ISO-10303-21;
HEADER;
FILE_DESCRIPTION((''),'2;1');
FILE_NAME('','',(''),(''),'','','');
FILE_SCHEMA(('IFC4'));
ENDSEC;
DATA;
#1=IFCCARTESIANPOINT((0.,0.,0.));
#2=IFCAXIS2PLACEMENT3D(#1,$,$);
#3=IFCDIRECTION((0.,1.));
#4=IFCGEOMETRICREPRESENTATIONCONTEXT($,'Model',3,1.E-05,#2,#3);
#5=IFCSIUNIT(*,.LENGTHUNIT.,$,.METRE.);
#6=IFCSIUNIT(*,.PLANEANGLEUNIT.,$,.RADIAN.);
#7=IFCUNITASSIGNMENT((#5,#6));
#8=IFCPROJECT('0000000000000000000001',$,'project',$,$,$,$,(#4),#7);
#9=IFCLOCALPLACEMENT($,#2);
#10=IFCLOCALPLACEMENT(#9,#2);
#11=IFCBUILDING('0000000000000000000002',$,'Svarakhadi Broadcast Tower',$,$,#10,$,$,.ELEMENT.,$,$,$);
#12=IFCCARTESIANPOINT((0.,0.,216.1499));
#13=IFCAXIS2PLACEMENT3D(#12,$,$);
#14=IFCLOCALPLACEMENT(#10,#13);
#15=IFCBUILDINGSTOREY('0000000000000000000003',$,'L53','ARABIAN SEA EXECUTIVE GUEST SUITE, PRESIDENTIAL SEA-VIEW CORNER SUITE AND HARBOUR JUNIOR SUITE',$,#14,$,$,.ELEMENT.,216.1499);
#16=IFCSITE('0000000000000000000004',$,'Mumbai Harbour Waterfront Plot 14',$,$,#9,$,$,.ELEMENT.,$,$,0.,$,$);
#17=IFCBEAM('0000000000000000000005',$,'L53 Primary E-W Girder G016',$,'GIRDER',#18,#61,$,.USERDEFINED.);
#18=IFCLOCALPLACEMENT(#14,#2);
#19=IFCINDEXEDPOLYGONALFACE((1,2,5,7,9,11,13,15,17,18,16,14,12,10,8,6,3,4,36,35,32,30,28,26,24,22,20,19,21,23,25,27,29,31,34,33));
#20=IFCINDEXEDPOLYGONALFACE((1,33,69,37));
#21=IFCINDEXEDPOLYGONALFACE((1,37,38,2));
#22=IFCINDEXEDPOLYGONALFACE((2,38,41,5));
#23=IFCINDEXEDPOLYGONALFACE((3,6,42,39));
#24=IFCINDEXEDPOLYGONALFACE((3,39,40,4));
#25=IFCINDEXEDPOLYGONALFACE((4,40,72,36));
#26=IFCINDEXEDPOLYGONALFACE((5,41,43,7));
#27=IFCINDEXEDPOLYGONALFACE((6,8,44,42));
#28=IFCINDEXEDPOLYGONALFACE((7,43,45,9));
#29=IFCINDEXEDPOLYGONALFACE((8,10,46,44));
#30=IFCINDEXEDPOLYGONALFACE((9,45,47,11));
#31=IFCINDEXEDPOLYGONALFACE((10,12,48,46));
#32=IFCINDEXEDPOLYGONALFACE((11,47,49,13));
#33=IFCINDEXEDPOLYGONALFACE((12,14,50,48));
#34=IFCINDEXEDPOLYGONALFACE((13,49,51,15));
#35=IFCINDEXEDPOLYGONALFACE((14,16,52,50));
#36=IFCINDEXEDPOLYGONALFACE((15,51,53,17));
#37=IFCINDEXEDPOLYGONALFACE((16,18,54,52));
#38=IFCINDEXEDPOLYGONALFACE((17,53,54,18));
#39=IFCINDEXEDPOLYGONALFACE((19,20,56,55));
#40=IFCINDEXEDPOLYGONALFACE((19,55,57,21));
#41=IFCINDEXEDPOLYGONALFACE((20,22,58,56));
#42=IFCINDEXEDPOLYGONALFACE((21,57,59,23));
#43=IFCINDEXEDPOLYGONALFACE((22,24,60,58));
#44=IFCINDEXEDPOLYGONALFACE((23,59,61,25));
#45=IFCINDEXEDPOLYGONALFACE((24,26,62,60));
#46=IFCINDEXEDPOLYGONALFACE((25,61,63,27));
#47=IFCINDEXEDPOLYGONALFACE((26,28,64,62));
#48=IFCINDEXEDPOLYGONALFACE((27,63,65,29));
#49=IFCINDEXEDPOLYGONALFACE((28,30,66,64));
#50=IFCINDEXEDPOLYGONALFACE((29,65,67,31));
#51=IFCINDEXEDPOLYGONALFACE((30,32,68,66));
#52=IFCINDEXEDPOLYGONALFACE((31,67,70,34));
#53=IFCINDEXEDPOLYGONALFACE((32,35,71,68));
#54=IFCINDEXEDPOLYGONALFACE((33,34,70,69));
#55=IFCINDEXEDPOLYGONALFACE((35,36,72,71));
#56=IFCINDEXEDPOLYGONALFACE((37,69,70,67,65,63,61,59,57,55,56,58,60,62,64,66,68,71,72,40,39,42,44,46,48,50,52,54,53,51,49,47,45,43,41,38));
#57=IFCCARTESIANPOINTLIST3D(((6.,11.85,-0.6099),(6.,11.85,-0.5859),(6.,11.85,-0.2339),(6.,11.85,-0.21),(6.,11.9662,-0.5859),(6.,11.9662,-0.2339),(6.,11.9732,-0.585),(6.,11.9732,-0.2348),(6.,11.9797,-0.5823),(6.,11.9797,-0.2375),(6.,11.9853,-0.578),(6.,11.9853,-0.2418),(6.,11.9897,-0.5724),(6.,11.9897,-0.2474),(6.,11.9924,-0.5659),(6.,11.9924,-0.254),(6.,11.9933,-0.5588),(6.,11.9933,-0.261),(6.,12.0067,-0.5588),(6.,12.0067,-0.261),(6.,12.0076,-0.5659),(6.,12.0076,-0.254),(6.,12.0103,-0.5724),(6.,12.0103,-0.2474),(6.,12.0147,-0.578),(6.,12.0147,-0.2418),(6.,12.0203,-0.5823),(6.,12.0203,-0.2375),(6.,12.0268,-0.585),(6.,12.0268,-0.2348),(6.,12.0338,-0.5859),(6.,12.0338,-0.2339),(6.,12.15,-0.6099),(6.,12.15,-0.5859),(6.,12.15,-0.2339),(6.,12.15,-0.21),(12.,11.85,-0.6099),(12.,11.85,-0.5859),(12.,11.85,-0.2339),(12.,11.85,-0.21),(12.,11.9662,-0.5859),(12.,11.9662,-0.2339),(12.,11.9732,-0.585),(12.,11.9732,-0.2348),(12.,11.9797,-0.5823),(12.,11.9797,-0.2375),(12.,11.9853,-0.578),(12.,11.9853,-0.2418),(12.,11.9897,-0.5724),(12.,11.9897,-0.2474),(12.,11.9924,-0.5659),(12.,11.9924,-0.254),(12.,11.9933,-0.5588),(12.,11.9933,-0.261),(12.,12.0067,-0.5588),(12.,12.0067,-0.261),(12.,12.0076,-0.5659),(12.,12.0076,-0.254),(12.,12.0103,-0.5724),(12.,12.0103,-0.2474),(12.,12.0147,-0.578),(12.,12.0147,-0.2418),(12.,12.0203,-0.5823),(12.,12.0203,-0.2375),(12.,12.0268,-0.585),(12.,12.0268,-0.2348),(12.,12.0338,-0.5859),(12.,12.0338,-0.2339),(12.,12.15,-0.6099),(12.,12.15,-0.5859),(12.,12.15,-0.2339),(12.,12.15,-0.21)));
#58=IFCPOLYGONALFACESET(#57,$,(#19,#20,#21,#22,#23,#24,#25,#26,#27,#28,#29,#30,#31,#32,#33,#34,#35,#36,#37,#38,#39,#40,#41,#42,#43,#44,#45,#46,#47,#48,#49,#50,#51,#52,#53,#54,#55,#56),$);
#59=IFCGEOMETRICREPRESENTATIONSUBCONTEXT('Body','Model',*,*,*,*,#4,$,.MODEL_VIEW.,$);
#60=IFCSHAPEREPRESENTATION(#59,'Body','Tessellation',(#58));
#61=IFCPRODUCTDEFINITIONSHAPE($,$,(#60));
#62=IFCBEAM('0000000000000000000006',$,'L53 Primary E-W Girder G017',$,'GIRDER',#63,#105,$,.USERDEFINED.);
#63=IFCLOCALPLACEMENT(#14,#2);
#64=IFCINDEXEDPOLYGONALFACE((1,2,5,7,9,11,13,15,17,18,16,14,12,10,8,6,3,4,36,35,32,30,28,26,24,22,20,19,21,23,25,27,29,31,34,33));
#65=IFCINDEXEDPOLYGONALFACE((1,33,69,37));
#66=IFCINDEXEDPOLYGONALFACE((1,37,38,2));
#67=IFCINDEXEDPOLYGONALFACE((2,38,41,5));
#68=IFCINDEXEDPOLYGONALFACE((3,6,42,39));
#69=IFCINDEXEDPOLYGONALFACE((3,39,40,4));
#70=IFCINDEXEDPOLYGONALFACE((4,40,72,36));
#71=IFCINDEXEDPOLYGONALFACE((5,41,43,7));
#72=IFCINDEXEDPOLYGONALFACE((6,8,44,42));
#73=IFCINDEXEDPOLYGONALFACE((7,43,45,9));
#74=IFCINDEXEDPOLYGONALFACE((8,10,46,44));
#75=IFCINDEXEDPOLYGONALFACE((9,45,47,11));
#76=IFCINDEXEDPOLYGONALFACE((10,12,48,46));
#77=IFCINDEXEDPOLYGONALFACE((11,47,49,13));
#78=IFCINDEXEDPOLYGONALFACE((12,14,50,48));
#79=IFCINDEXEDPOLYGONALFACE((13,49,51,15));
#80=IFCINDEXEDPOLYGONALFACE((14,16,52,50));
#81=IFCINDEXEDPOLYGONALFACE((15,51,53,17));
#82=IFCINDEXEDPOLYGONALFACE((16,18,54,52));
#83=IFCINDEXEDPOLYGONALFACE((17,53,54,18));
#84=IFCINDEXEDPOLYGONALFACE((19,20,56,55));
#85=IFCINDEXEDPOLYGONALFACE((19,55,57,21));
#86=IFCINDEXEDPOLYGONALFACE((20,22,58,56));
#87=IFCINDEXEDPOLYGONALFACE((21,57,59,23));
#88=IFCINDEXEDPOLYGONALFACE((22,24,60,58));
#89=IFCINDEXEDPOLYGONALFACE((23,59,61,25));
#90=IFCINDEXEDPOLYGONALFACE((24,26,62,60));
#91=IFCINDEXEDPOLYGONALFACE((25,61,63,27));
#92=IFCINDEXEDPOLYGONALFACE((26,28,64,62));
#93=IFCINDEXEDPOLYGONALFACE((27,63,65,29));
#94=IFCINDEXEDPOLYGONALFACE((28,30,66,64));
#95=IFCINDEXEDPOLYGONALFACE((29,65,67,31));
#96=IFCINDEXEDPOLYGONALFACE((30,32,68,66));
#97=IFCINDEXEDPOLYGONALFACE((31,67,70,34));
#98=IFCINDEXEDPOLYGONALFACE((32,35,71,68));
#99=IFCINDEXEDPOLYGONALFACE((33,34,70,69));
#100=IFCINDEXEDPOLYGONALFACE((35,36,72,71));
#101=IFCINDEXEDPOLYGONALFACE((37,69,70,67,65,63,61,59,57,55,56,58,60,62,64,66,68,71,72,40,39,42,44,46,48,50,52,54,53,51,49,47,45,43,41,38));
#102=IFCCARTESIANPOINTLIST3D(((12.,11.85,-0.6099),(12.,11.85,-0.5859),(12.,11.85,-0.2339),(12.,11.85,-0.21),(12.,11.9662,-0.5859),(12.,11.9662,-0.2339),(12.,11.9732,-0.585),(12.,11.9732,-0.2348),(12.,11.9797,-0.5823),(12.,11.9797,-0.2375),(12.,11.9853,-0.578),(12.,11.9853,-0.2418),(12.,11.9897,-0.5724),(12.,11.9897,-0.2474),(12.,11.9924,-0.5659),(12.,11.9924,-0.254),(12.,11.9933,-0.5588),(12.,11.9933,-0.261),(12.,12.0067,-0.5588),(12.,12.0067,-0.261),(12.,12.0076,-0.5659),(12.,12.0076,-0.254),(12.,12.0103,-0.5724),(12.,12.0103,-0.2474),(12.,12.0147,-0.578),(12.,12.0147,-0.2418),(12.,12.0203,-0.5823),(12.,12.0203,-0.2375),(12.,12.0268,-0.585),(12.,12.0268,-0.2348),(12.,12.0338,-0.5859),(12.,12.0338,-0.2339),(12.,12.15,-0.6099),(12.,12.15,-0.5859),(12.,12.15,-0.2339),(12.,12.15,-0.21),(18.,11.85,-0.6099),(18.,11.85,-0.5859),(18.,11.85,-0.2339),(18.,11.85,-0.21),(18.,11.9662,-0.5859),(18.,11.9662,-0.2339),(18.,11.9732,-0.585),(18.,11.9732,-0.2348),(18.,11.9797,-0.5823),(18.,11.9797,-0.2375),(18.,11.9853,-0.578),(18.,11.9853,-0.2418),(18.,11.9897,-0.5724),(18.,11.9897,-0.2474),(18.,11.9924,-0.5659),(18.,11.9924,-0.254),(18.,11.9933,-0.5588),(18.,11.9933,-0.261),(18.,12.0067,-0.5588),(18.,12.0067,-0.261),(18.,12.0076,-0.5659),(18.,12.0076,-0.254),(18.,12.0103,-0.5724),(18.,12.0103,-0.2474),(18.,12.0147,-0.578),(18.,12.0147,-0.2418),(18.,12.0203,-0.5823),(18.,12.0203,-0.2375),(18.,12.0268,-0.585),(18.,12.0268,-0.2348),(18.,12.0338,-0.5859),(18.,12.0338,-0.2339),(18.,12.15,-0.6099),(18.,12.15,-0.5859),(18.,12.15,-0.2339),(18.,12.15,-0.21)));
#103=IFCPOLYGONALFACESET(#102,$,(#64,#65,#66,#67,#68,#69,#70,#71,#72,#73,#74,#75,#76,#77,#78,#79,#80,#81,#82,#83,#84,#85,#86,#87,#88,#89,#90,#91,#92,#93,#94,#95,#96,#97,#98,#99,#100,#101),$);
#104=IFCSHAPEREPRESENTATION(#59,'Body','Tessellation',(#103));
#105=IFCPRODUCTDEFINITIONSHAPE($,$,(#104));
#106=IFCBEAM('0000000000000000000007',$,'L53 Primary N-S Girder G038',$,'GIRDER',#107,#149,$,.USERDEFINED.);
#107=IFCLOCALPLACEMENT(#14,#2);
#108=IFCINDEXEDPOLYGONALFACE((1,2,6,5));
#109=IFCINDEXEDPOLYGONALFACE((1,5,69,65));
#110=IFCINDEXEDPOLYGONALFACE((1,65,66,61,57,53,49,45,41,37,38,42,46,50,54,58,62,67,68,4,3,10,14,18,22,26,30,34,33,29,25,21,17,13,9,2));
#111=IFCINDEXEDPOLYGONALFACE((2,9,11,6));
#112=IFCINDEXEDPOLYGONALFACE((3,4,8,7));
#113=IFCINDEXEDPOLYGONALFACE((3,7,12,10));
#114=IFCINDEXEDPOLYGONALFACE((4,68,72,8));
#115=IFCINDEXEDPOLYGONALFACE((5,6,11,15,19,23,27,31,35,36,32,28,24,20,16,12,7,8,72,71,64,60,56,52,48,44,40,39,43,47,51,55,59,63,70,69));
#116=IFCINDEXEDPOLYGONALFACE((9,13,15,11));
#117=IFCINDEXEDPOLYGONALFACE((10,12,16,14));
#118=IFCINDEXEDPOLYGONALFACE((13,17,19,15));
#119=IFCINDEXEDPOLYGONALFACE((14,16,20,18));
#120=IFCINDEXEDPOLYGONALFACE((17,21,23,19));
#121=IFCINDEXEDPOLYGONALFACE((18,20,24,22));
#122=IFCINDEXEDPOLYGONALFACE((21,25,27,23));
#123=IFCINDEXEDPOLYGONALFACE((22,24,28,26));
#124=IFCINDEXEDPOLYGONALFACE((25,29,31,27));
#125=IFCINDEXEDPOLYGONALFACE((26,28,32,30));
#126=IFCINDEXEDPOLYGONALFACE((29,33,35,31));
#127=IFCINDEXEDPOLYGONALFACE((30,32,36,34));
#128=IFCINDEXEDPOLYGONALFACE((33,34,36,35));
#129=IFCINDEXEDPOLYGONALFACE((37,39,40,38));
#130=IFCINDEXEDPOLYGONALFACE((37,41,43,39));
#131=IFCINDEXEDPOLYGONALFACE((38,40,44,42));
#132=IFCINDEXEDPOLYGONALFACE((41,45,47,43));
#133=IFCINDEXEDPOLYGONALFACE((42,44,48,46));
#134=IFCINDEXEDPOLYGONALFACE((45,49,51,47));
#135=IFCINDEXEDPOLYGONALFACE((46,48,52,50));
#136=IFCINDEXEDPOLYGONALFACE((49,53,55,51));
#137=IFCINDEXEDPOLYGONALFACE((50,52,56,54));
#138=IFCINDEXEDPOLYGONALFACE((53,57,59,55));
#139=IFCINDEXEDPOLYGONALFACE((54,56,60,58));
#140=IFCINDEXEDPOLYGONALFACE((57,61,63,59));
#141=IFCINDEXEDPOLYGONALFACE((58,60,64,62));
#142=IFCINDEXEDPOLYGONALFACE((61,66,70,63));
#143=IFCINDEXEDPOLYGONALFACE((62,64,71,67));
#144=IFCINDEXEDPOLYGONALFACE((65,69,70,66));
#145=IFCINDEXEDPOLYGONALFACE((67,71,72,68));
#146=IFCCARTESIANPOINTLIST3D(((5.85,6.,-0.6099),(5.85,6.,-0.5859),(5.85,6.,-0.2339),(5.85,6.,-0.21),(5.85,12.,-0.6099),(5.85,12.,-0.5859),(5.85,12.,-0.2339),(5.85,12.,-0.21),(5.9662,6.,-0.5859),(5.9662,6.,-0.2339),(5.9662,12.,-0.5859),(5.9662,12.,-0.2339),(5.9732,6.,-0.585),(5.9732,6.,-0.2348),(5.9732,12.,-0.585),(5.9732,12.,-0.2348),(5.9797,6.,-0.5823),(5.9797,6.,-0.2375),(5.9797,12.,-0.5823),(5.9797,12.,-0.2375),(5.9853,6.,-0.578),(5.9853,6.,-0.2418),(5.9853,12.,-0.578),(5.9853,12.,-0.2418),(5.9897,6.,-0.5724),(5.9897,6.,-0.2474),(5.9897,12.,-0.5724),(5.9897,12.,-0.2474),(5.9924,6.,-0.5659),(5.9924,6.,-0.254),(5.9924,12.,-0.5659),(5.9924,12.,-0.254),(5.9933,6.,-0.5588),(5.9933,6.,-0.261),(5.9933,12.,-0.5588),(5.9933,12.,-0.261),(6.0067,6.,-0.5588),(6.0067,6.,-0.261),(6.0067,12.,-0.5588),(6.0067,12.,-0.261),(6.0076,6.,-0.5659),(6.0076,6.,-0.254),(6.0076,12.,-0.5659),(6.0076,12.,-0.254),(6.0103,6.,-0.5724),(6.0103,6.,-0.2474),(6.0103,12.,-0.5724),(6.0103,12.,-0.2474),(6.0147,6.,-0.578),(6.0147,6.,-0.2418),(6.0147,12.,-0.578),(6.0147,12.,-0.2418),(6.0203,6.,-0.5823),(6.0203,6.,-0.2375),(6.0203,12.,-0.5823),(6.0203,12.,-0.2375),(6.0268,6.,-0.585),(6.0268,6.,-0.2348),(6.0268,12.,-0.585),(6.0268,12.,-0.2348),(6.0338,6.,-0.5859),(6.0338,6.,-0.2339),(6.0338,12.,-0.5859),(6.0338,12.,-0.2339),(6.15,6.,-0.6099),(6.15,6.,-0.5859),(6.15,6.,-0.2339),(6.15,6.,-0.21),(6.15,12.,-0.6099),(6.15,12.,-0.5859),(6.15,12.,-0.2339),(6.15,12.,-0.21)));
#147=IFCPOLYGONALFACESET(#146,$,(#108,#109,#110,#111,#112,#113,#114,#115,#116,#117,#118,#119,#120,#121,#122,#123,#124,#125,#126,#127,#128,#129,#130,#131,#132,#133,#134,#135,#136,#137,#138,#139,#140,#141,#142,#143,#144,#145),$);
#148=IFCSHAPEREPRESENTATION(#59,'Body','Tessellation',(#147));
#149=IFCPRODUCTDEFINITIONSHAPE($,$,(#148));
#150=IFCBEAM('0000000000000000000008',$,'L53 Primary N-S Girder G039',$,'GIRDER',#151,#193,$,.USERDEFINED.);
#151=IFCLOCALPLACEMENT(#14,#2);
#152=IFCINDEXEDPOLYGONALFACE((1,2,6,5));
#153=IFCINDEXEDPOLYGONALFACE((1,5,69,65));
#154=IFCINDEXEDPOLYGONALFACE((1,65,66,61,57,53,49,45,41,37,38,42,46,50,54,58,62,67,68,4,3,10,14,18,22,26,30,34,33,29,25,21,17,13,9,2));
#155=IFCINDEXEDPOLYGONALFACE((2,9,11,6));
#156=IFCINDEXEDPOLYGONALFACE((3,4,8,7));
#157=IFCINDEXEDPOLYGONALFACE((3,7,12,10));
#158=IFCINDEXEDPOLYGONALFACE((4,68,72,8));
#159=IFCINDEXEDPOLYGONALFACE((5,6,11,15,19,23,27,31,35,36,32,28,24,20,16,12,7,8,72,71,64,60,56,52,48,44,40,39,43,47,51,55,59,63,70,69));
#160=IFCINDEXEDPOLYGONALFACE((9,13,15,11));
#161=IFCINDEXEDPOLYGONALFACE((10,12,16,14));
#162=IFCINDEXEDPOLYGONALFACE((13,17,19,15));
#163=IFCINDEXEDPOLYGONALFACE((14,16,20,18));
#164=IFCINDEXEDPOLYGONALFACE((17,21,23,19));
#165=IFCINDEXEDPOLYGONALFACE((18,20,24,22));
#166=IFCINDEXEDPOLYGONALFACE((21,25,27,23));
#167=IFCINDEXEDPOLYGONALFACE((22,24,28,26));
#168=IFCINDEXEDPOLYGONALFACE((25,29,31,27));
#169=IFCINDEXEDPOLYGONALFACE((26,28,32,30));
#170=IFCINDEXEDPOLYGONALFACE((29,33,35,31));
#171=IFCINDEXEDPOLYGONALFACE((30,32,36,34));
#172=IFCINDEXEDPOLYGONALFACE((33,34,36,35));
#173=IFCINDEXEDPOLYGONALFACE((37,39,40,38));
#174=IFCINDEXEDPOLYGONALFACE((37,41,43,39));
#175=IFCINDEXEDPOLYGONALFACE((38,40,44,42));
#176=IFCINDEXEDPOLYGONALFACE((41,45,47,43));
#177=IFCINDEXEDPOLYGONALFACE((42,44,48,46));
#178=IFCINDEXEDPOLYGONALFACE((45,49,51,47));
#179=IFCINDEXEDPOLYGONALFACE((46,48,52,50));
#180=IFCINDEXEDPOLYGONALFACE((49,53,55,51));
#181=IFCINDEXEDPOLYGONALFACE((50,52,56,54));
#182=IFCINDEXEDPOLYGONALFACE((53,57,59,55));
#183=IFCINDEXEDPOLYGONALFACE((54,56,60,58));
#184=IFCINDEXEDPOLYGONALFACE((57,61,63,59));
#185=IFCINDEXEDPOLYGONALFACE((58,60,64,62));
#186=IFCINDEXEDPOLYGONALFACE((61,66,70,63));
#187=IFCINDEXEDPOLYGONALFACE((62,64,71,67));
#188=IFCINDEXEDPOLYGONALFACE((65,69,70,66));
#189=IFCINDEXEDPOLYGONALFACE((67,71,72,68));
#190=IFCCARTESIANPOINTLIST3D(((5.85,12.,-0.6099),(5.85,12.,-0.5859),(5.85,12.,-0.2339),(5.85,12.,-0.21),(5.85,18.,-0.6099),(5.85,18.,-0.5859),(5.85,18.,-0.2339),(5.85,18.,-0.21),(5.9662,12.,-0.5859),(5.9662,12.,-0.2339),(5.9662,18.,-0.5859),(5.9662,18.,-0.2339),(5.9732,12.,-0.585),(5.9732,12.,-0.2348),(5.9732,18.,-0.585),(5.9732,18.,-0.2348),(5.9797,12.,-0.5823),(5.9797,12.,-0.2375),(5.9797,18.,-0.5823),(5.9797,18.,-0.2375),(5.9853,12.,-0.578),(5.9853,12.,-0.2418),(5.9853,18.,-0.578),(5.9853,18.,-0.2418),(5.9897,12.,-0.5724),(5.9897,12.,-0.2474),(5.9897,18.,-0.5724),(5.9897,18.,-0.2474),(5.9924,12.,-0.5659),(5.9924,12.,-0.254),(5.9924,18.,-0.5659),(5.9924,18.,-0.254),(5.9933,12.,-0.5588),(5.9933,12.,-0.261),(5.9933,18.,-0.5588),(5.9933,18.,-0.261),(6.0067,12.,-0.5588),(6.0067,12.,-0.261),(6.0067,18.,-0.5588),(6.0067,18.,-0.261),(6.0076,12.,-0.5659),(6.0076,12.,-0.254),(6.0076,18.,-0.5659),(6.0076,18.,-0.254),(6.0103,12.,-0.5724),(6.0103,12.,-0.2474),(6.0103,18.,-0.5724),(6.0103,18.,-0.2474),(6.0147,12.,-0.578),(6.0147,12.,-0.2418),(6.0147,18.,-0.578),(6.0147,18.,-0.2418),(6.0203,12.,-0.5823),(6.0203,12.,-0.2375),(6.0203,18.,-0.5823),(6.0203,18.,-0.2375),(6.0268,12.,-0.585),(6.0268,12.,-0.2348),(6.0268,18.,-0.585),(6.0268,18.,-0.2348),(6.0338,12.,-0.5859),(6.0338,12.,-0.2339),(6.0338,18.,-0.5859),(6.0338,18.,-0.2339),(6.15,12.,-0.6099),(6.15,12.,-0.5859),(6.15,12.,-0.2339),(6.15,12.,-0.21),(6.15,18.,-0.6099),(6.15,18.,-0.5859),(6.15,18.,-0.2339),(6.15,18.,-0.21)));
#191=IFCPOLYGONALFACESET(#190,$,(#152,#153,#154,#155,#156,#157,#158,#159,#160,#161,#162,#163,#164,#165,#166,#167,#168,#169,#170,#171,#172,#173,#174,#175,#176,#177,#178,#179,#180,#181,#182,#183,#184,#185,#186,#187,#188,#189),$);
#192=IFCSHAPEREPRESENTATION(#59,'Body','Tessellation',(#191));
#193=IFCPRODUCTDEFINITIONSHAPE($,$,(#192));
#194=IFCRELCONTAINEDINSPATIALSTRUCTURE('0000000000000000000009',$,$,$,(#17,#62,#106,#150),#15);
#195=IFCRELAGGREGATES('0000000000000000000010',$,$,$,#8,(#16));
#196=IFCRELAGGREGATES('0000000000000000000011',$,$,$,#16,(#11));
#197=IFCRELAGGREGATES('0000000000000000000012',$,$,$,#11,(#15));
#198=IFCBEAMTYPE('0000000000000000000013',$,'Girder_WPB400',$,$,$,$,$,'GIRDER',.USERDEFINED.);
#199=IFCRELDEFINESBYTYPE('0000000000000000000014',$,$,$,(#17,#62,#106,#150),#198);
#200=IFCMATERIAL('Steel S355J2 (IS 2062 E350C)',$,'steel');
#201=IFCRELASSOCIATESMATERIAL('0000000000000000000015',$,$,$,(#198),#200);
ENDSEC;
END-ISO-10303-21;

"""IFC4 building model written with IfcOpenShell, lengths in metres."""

from ifc_helpers import new_model, si_unit, direction, frame, origin, origin_2d, place, context, subcontext, project, spatial, i_section, extrude, material, material_profile, profile_set, type_object, element, save


model = new_model("IFC4")

# Units and contexts
model_context = context("Model", 3, precision=1e-05, world=origin(), true_north=direction((0.0, 1.0)))
body_context = subcontext(model_context, "Body", "Model", "MODEL_VIEW")
ifc_project = project(units=[si_unit("LENGTHUNIT", "METRE"), si_unit("PLANEANGLEUNIT", "RADIAN")], contexts=[model_context])

# Site, building, storey
site_placement = place(None, origin())
site = spatial("IfcSite", under=ifc_project, at=site_placement, Name="Mumbai Harbour Waterfront Plot 14", CompositionType="ELEMENT", RefElevation=0.0)
building_placement = place(site_placement, origin())
building = spatial("IfcBuilding", under=site, at=building_placement, Name="Svarakhadi Broadcast Tower", CompositionType="ELEMENT")
storey_placement = place(building_placement, frame((0.0, 0.0, 216.1499)))
storey = spatial("IfcBuildingStorey", under=building, at=storey_placement, Name="L53", Description="ARABIAN SEA EXECUTIVE GUEST SUITE, PRESIDENTIAL SEA-VIEW CORNER SUITE AND HARBOUR JUNIOR SUITE", CompositionType="ELEMENT", Elevation=216.1499)

# Beams
ifc_material_1 = material(Name="Steel S355J2 (IS 2062 E350C)", Category="steel")
ifc_material_profile_1 = material_profile(ifc_material_1, i_section(OverallWidth=0.3, OverallDepth=0.3999, WebThickness=0.0134, FlangeThickness=0.0239, FilletRadius=0.0271, at=origin_2d()), Name="WPB 400x300x155")
ifc_profile_set_1 = profile_set([ifc_material_profile_1], Name="Steel S355J2 (IS 2062 E350C)")
beam_type_1 = type_object("IfcBeamType", Name="Girder_WPB400", ElementType="GIRDER", PredefinedType="USERDEFINED", material=ifc_profile_set_1)
for number, where, z_axis, x_axis, name in (
    (1, (6.0, 12.0, -0.4099), (1.0, 0.0, 0.0), (0.0, 1.0, 0.0), "L53 Primary E-W Girder G016"),
    (2, (12.0, 12.0, -0.4099), (1.0, 0.0, 0.0), (0.0, 1.0, 0.0), "L53 Primary E-W Girder G017"),
    (3, (6.0, 6.0, -0.4099), (0.0, 1.0, 0.0), (-1.0, 0.0, 0.0), "L53 Primary N-S Girder G038"),
    (4, (6.0, 12.0, -0.4099), (0.0, 1.0, 0.0), (-1.0, 0.0, 0.0), "L53 Primary N-S Girder G039"),
):
    element("IfcBeam", number, at=place(storey_placement, frame(where, z_axis=z_axis, x_axis=x_axis)), inside=storey, type_object=beam_type_1, Name=name, ObjectType="GIRDER", PredefinedType="USERDEFINED", context=body_context, shape_type="SweptSolid", body=[
        extrude(i_section(OverallWidth=0.3, OverallDepth=0.3999, WebThickness=0.0134, FlangeThickness=0.0239, FilletRadius=0.0271, at=origin_2d()), origin(), (0.0, 0.0, 1.0), 6.0),
    ])

save(model, "model.ifc")
